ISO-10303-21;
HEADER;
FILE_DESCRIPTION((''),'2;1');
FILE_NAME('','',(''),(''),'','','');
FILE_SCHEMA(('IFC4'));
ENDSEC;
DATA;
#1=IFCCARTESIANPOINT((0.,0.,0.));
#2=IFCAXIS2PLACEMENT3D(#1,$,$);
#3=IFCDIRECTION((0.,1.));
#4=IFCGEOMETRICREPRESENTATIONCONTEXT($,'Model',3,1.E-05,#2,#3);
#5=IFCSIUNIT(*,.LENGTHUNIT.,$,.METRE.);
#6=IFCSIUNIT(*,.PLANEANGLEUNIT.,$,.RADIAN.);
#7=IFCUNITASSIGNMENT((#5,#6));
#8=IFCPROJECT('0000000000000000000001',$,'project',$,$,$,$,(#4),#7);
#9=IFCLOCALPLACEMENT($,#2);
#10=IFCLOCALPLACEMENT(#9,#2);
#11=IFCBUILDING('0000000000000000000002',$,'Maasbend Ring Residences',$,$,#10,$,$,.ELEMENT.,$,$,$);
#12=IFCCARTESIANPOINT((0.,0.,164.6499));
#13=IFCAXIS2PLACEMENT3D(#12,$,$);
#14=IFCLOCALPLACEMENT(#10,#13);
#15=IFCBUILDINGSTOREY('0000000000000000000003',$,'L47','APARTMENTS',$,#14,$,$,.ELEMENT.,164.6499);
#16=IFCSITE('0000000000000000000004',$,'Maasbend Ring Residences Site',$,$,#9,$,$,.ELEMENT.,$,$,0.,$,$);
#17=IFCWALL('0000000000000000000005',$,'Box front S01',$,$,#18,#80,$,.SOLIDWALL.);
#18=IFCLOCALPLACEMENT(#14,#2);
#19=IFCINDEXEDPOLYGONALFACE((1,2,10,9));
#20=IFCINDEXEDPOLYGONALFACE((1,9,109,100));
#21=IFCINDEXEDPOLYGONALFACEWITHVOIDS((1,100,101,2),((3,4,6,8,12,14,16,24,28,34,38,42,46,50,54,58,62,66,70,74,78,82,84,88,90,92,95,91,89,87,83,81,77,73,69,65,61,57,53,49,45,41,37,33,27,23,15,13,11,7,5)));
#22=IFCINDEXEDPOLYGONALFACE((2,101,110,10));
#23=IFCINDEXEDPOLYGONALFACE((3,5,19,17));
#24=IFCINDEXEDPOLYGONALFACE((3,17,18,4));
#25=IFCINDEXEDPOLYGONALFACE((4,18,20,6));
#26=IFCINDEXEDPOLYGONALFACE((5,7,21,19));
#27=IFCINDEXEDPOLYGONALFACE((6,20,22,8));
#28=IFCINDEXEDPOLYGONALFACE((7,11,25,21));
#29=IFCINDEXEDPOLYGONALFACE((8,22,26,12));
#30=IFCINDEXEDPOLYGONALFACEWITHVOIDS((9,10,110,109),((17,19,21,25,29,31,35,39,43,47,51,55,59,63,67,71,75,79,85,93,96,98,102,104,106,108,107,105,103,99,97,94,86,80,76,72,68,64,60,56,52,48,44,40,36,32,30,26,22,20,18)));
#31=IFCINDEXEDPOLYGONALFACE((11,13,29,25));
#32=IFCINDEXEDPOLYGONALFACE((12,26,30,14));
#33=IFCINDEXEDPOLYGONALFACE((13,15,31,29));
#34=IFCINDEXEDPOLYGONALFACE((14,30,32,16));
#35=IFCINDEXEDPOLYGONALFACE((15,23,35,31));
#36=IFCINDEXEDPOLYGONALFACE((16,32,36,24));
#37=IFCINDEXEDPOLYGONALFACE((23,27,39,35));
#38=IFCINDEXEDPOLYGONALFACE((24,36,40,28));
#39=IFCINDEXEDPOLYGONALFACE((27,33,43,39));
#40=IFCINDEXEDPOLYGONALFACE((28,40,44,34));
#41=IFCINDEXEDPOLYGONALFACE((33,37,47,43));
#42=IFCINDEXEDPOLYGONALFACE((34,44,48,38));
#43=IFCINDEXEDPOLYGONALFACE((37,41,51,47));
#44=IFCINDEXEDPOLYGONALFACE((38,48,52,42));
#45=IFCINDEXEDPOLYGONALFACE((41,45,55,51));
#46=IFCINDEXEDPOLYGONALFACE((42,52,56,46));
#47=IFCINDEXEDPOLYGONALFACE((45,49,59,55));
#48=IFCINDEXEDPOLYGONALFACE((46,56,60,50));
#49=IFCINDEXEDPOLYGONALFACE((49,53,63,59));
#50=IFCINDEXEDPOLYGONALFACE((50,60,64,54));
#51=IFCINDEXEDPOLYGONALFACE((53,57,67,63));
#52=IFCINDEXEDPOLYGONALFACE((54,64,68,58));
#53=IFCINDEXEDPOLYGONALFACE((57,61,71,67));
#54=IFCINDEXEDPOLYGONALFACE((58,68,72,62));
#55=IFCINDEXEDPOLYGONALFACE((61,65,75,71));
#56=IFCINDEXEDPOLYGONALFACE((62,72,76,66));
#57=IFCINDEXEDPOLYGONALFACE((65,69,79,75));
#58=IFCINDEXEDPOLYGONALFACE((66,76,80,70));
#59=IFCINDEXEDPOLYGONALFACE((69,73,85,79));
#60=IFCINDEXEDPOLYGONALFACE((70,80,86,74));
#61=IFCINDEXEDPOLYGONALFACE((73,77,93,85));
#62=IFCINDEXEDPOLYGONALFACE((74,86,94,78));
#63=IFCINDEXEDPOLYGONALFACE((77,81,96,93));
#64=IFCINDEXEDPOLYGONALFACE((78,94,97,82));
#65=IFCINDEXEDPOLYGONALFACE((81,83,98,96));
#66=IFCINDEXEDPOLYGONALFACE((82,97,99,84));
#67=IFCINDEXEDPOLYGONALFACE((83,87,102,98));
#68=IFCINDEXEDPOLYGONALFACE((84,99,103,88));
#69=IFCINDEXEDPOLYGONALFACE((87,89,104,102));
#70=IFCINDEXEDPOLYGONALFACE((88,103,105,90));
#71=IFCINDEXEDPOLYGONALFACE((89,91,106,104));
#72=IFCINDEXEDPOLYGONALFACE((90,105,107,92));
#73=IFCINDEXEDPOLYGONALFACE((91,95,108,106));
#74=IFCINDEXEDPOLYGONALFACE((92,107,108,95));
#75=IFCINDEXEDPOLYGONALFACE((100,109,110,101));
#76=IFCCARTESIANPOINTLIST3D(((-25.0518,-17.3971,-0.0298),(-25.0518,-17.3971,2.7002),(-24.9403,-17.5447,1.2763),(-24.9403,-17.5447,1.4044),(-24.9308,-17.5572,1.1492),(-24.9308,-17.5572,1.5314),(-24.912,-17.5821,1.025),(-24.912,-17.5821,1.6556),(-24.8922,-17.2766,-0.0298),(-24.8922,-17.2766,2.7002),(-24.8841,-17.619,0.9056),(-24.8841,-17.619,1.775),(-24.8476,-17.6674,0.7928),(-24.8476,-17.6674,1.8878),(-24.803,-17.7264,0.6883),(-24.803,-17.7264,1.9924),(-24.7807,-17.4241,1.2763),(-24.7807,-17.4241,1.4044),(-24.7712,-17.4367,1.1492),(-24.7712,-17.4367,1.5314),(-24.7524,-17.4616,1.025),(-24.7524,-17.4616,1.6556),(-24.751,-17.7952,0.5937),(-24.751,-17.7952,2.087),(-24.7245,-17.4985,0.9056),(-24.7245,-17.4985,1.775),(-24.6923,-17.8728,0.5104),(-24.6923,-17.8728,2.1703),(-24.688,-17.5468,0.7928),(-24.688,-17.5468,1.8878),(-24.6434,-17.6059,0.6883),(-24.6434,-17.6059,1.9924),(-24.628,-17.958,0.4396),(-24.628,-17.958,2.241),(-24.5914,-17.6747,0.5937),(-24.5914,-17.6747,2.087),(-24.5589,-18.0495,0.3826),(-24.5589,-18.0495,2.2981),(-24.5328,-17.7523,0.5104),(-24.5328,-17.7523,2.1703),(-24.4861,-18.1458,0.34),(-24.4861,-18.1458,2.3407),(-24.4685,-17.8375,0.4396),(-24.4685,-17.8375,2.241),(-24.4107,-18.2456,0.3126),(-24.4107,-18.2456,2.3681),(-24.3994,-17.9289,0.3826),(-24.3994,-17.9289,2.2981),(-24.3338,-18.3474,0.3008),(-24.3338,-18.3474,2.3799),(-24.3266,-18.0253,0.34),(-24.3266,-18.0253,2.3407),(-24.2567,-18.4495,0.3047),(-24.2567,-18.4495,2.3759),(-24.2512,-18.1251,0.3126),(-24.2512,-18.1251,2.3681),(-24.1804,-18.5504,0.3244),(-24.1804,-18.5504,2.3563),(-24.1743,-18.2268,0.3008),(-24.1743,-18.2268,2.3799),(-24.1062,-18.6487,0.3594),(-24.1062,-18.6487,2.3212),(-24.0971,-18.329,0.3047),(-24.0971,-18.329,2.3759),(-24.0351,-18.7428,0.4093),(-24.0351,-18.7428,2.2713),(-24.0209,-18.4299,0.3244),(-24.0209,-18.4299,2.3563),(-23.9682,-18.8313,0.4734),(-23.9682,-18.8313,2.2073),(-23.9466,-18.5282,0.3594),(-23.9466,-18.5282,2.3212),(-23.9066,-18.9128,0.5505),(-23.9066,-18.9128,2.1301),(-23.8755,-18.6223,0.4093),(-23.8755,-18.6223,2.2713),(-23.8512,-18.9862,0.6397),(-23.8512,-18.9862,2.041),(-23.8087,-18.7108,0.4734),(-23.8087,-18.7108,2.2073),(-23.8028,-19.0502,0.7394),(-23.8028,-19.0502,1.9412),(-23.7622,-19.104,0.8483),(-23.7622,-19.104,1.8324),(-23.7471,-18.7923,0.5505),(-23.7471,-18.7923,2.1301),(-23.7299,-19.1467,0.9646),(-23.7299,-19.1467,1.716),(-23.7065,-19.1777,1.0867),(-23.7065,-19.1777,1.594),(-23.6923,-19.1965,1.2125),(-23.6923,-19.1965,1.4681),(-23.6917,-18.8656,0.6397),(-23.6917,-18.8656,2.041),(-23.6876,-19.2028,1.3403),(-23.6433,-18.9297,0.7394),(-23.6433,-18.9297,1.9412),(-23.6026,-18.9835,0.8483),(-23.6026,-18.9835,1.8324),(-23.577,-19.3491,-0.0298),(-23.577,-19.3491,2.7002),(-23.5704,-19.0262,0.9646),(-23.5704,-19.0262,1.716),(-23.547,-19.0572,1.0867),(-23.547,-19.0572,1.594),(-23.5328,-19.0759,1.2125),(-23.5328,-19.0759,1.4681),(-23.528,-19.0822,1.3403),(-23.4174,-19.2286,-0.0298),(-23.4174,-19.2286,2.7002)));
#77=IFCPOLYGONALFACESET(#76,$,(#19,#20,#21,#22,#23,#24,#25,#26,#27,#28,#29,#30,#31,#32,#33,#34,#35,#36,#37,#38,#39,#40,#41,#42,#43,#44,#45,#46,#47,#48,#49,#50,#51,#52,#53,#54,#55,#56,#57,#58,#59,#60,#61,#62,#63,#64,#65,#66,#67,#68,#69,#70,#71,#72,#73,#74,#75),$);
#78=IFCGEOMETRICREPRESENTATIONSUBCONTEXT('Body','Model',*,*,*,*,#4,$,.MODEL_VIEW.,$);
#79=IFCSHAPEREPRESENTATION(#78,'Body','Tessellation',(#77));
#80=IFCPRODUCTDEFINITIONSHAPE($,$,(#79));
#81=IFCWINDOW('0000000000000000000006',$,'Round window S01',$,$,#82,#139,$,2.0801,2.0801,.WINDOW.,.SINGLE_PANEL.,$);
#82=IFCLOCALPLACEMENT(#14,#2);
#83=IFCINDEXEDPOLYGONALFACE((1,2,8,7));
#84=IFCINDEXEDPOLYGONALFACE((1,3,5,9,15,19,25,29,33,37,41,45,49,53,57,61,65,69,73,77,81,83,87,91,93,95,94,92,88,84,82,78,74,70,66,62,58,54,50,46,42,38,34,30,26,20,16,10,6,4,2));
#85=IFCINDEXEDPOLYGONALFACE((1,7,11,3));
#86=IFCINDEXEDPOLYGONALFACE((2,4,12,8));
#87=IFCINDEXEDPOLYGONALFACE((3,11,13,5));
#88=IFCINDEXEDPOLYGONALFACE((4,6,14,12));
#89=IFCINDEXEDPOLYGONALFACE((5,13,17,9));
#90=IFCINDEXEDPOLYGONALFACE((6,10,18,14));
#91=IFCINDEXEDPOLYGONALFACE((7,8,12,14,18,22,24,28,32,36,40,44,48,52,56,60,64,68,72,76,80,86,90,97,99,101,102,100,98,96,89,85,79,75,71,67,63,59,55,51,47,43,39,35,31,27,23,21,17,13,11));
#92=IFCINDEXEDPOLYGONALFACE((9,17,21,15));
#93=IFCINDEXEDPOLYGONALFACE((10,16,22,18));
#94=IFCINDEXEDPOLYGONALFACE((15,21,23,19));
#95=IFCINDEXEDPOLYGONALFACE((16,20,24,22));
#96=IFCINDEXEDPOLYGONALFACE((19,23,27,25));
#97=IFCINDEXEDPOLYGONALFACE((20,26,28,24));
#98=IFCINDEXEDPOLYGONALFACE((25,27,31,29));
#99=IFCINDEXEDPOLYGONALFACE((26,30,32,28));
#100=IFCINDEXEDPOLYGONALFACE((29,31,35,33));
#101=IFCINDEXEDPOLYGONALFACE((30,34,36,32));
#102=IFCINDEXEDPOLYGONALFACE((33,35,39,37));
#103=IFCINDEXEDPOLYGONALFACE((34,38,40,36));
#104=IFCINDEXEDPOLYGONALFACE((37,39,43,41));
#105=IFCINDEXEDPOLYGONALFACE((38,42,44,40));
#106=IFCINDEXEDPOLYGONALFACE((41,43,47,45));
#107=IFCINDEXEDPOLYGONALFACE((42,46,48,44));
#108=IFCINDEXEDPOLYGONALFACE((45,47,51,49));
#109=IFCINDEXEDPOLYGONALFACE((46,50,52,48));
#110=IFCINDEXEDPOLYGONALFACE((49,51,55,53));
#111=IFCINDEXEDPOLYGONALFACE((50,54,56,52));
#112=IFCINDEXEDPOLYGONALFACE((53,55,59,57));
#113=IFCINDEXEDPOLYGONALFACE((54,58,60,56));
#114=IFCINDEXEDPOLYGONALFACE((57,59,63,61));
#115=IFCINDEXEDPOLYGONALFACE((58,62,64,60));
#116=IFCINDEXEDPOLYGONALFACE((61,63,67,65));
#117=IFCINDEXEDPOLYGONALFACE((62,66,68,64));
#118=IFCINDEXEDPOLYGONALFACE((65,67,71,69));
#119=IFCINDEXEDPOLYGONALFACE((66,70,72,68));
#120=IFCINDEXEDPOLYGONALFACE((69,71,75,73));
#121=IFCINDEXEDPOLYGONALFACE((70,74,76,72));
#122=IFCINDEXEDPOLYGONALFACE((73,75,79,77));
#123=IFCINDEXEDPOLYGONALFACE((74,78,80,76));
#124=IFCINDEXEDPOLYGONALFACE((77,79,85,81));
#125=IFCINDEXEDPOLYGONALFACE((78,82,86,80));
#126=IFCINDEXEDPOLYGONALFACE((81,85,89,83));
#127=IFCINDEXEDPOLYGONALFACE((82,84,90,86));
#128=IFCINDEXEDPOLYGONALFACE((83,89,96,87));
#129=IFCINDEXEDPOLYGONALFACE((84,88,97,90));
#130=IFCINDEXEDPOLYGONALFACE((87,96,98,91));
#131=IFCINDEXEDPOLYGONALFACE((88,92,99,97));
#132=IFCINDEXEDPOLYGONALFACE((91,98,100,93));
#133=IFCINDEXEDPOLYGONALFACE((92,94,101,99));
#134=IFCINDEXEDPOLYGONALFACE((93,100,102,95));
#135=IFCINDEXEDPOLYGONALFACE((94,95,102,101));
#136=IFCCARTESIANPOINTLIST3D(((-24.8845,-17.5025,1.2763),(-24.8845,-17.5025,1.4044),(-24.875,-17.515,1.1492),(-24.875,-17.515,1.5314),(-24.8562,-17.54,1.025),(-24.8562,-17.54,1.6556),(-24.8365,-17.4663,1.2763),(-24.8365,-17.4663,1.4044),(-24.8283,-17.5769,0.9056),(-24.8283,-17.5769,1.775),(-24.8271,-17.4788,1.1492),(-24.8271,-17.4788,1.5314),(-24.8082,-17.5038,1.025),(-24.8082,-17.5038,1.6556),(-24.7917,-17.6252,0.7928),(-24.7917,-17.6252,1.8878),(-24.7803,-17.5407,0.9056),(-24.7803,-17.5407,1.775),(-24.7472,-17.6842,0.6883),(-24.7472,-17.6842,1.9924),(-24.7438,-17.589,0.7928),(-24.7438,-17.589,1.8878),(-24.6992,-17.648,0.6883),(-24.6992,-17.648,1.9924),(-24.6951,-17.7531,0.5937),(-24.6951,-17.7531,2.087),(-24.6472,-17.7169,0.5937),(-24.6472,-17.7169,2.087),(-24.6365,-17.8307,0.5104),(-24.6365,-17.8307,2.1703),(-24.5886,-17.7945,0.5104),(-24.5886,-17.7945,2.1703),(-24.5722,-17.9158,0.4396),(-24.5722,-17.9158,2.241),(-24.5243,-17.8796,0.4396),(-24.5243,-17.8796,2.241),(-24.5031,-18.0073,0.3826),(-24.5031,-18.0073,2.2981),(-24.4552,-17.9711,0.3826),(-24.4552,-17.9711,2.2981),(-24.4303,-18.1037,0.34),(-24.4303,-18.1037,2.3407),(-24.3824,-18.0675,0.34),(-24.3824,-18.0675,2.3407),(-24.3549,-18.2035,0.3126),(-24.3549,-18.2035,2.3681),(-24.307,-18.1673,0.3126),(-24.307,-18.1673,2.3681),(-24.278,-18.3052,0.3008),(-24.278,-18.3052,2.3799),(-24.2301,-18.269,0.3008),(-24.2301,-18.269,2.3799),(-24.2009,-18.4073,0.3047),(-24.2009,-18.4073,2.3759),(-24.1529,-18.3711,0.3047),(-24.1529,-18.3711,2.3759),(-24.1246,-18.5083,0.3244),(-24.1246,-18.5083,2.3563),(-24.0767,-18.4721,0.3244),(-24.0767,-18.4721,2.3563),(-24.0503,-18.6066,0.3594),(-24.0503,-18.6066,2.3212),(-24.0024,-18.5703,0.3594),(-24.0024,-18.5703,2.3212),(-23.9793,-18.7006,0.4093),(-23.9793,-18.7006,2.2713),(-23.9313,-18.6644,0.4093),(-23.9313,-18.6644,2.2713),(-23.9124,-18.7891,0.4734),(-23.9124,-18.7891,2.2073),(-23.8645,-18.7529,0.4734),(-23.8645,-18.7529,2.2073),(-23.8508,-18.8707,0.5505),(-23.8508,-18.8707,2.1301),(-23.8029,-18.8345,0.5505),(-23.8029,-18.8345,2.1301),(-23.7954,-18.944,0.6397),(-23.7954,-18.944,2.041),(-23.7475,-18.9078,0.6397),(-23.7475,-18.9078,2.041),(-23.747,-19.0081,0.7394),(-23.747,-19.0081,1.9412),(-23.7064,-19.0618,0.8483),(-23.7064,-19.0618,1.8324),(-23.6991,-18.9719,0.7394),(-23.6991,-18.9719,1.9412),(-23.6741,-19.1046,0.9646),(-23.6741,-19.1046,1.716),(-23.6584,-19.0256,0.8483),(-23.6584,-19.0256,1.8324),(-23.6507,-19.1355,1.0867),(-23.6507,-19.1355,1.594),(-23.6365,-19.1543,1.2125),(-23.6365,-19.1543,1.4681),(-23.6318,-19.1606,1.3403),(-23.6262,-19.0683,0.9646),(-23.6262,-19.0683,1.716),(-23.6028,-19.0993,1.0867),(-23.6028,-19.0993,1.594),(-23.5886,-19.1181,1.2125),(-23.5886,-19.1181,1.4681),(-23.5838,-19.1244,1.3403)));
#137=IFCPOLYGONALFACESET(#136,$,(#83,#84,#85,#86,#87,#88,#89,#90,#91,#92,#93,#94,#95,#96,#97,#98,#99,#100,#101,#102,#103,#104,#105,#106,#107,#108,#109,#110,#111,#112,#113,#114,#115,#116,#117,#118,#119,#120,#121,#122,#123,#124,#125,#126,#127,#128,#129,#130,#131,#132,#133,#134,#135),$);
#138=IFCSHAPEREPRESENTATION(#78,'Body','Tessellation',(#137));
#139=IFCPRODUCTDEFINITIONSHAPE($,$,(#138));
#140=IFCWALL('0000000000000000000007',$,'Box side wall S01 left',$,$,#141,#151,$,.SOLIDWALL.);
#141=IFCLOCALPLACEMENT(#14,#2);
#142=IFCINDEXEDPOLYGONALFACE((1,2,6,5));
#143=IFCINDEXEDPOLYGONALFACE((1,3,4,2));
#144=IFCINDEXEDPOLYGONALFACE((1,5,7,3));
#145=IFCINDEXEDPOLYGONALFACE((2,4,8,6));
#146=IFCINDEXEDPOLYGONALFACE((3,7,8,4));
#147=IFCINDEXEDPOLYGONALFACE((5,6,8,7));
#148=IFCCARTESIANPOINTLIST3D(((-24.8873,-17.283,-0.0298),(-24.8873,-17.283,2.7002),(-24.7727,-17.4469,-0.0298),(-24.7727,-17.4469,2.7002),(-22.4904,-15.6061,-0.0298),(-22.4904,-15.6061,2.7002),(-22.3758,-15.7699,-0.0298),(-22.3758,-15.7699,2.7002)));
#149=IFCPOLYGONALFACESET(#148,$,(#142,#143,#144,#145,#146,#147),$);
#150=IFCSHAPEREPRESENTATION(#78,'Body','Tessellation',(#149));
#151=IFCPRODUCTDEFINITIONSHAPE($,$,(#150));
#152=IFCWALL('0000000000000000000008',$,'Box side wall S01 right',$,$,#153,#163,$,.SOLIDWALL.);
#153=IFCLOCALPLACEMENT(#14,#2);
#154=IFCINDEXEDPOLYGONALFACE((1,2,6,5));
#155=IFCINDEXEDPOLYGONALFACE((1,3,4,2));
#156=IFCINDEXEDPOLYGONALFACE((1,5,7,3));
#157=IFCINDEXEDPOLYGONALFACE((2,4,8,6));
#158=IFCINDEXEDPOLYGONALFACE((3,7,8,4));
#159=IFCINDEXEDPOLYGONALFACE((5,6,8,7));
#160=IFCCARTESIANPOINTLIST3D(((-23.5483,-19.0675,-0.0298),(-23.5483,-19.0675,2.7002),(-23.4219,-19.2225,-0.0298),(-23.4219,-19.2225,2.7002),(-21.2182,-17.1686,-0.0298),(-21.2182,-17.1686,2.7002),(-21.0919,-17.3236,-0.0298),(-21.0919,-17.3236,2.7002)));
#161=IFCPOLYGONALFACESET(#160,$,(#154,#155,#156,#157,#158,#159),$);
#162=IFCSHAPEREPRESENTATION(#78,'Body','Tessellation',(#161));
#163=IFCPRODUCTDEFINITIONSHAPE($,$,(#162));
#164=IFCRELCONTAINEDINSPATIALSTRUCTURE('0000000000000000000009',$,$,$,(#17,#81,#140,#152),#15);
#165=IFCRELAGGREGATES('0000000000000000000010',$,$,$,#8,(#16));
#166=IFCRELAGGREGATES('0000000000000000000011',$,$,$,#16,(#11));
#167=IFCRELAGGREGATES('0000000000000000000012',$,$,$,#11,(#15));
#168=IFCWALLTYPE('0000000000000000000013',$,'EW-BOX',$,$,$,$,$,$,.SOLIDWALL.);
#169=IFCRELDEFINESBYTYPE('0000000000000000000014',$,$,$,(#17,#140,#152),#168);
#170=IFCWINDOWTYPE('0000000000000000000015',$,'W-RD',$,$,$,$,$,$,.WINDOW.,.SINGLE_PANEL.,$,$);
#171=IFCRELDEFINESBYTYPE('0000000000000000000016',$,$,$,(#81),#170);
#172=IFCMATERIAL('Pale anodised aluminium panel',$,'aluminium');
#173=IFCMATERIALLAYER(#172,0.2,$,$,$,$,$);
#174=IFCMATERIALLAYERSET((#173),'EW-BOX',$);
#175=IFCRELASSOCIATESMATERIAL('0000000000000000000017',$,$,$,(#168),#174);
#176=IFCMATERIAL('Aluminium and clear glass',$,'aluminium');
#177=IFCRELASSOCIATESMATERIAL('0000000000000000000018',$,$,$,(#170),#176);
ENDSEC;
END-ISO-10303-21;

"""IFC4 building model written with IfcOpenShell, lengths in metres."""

from ifc_helpers import new_model, si_unit, direction, frame, frame_2d, origin, place, context, subcontext, project, spatial, rectangle, circle, extrude, material, layer, layer_set, type_object, element, fill, save


model = new_model("IFC4")

# Units and contexts
model_context = context("Model", 3, precision=1e-05, world=origin(), true_north=direction((0.0, 1.0)))
body_context = subcontext(model_context, "Body", "Model", "MODEL_VIEW")
ifc_project = project(units=[si_unit("LENGTHUNIT", "METRE"), si_unit("PLANEANGLEUNIT", "RADIAN")], contexts=[model_context])

# Site, building, storey
site_placement = place(None, origin())
site = spatial("IfcSite", under=ifc_project, at=site_placement, Name="Maasbend Ring Residences Site", CompositionType="ELEMENT", RefElevation=0.0)
building_placement = place(site_placement, origin())
building = spatial("IfcBuilding", under=site, at=building_placement, Name="Maasbend Ring Residences", CompositionType="ELEMENT")
storey_placement = place(building_placement, frame((0.0, 0.0, 164.6499)))
storey = spatial("IfcBuildingStorey", under=building, at=storey_placement, Name="L47", Description="APARTMENTS", CompositionType="ELEMENT", Elevation=164.6499)

# Wall, opening, window
ifc_material_1 = material(Name="Pale anodised aluminium panel", Category="aluminium")
ifc_layer_1 = layer(ifc_material_1, 0.2)
ifc_layer_set_1 = layer_set([ifc_layer_1], Name="EW-BOX")
wall_type_1 = type_object("IfcWallType", Name="EW-BOX", PredefinedType="SOLIDWALL", material=ifc_layer_set_1)
wall_1_placement = place(storey_placement, frame((-24.9719, -17.3369, -0.0298), z_axis=(0.0, 0.0, 1.0), x_axis=(0.602806, -0.797888, 0.0)))
wall_1 = element("IfcWall", 1, at=wall_1_placement, inside=storey, type_object=wall_type_1, Name="Box front S01", PredefinedType="SOLIDWALL", context=body_context, shape_type="SweptSolid", body=[
    extrude(rectangle(XDim=2.4465, YDim=0.2, at=frame_2d((1.2231, 0.0))), origin(), (0.0, 0.0, 1.0), 2.73),
])
opening_1_placement = place(wall_1_placement, frame((0.1829, 0.0, 0.3301)))
opening_1 = element("IfcOpeningElement", 2, at=opening_1_placement, cuts=wall_1, PredefinedType="OPENING", context=body_context, shape_type="SweptSolid", body=[
    extrude(circle(Radius=1.04, at=frame_2d((1.04, 1.04))), frame((0.0, 0.1099, 0.0), z_axis=(0.0, -1.0, 0.0), x_axis=(1.0, 0.0, 0.0)), (0.0, 0.0, 1.0), 0.22),
])
ifc_material_2 = material(Name="Aluminium and clear glass", Category="aluminium")
window_type_1 = type_object("IfcWindowType", Name="W-RD", PartitioningType="SINGLE_PANEL", PredefinedType="WINDOW", material=ifc_material_2)
window_1_placement = place(opening_1_placement, origin())
window_1 = element("IfcWindow", 3, at=window_1_placement, inside=storey, type_object=window_type_1, Name="Round window S01", OverallHeight=2.0801, OverallWidth=2.0801, PartitioningType="SINGLE_PANEL", PredefinedType="WINDOW", context=body_context, shape_type="SweptSolid", body=[
    extrude(circle(Radius=1.04, at=frame_2d((1.04, 1.04))), frame((0.0, 0.03, 0.0), z_axis=(0.0, -1.0, 0.0), x_axis=(1.0, 0.0, 0.0)), (0.0, 0.0, 1.0), 0.0601),
])
fill(opening_1, window_1)

# Walls
wall_2_placement = place(storey_placement, frame((-22.4331, -15.688, -0.0298), z_axis=(0.0, 0.0, 1.0), x_axis=(-0.819373, -0.573261, 0.0)))
element("IfcWall", 4, at=wall_2_placement, inside=storey, type_object=wall_type_1, Name="Box side wall S01 left", PredefinedType="SOLIDWALL", context=body_context, shape_type="SweptSolid", body=[
    extrude(rectangle(XDim=2.9253, YDim=0.2, at=frame_2d((1.4626, 0.0))), origin(), (0.0, 0.0, 1.0), 2.73),
])
wall_3_placement = place(storey_placement, frame((-21.155, -17.2461, -0.0298), z_axis=(0.0, 0.0, 1.0), x_axis=(-0.775179, -0.631742, 0.0)))
element("IfcWall", 5, at=wall_3_placement, inside=storey, type_object=wall_type_1, Name="Box side wall S01 right", PredefinedType="SOLIDWALL", context=body_context, shape_type="SweptSolid", body=[
    extrude(rectangle(XDim=3.0059, YDim=0.2, at=frame_2d((1.5029, 0.0))), origin(), (0.0, 0.0, 1.0), 2.73),
])

save(model, "model.ifc")
